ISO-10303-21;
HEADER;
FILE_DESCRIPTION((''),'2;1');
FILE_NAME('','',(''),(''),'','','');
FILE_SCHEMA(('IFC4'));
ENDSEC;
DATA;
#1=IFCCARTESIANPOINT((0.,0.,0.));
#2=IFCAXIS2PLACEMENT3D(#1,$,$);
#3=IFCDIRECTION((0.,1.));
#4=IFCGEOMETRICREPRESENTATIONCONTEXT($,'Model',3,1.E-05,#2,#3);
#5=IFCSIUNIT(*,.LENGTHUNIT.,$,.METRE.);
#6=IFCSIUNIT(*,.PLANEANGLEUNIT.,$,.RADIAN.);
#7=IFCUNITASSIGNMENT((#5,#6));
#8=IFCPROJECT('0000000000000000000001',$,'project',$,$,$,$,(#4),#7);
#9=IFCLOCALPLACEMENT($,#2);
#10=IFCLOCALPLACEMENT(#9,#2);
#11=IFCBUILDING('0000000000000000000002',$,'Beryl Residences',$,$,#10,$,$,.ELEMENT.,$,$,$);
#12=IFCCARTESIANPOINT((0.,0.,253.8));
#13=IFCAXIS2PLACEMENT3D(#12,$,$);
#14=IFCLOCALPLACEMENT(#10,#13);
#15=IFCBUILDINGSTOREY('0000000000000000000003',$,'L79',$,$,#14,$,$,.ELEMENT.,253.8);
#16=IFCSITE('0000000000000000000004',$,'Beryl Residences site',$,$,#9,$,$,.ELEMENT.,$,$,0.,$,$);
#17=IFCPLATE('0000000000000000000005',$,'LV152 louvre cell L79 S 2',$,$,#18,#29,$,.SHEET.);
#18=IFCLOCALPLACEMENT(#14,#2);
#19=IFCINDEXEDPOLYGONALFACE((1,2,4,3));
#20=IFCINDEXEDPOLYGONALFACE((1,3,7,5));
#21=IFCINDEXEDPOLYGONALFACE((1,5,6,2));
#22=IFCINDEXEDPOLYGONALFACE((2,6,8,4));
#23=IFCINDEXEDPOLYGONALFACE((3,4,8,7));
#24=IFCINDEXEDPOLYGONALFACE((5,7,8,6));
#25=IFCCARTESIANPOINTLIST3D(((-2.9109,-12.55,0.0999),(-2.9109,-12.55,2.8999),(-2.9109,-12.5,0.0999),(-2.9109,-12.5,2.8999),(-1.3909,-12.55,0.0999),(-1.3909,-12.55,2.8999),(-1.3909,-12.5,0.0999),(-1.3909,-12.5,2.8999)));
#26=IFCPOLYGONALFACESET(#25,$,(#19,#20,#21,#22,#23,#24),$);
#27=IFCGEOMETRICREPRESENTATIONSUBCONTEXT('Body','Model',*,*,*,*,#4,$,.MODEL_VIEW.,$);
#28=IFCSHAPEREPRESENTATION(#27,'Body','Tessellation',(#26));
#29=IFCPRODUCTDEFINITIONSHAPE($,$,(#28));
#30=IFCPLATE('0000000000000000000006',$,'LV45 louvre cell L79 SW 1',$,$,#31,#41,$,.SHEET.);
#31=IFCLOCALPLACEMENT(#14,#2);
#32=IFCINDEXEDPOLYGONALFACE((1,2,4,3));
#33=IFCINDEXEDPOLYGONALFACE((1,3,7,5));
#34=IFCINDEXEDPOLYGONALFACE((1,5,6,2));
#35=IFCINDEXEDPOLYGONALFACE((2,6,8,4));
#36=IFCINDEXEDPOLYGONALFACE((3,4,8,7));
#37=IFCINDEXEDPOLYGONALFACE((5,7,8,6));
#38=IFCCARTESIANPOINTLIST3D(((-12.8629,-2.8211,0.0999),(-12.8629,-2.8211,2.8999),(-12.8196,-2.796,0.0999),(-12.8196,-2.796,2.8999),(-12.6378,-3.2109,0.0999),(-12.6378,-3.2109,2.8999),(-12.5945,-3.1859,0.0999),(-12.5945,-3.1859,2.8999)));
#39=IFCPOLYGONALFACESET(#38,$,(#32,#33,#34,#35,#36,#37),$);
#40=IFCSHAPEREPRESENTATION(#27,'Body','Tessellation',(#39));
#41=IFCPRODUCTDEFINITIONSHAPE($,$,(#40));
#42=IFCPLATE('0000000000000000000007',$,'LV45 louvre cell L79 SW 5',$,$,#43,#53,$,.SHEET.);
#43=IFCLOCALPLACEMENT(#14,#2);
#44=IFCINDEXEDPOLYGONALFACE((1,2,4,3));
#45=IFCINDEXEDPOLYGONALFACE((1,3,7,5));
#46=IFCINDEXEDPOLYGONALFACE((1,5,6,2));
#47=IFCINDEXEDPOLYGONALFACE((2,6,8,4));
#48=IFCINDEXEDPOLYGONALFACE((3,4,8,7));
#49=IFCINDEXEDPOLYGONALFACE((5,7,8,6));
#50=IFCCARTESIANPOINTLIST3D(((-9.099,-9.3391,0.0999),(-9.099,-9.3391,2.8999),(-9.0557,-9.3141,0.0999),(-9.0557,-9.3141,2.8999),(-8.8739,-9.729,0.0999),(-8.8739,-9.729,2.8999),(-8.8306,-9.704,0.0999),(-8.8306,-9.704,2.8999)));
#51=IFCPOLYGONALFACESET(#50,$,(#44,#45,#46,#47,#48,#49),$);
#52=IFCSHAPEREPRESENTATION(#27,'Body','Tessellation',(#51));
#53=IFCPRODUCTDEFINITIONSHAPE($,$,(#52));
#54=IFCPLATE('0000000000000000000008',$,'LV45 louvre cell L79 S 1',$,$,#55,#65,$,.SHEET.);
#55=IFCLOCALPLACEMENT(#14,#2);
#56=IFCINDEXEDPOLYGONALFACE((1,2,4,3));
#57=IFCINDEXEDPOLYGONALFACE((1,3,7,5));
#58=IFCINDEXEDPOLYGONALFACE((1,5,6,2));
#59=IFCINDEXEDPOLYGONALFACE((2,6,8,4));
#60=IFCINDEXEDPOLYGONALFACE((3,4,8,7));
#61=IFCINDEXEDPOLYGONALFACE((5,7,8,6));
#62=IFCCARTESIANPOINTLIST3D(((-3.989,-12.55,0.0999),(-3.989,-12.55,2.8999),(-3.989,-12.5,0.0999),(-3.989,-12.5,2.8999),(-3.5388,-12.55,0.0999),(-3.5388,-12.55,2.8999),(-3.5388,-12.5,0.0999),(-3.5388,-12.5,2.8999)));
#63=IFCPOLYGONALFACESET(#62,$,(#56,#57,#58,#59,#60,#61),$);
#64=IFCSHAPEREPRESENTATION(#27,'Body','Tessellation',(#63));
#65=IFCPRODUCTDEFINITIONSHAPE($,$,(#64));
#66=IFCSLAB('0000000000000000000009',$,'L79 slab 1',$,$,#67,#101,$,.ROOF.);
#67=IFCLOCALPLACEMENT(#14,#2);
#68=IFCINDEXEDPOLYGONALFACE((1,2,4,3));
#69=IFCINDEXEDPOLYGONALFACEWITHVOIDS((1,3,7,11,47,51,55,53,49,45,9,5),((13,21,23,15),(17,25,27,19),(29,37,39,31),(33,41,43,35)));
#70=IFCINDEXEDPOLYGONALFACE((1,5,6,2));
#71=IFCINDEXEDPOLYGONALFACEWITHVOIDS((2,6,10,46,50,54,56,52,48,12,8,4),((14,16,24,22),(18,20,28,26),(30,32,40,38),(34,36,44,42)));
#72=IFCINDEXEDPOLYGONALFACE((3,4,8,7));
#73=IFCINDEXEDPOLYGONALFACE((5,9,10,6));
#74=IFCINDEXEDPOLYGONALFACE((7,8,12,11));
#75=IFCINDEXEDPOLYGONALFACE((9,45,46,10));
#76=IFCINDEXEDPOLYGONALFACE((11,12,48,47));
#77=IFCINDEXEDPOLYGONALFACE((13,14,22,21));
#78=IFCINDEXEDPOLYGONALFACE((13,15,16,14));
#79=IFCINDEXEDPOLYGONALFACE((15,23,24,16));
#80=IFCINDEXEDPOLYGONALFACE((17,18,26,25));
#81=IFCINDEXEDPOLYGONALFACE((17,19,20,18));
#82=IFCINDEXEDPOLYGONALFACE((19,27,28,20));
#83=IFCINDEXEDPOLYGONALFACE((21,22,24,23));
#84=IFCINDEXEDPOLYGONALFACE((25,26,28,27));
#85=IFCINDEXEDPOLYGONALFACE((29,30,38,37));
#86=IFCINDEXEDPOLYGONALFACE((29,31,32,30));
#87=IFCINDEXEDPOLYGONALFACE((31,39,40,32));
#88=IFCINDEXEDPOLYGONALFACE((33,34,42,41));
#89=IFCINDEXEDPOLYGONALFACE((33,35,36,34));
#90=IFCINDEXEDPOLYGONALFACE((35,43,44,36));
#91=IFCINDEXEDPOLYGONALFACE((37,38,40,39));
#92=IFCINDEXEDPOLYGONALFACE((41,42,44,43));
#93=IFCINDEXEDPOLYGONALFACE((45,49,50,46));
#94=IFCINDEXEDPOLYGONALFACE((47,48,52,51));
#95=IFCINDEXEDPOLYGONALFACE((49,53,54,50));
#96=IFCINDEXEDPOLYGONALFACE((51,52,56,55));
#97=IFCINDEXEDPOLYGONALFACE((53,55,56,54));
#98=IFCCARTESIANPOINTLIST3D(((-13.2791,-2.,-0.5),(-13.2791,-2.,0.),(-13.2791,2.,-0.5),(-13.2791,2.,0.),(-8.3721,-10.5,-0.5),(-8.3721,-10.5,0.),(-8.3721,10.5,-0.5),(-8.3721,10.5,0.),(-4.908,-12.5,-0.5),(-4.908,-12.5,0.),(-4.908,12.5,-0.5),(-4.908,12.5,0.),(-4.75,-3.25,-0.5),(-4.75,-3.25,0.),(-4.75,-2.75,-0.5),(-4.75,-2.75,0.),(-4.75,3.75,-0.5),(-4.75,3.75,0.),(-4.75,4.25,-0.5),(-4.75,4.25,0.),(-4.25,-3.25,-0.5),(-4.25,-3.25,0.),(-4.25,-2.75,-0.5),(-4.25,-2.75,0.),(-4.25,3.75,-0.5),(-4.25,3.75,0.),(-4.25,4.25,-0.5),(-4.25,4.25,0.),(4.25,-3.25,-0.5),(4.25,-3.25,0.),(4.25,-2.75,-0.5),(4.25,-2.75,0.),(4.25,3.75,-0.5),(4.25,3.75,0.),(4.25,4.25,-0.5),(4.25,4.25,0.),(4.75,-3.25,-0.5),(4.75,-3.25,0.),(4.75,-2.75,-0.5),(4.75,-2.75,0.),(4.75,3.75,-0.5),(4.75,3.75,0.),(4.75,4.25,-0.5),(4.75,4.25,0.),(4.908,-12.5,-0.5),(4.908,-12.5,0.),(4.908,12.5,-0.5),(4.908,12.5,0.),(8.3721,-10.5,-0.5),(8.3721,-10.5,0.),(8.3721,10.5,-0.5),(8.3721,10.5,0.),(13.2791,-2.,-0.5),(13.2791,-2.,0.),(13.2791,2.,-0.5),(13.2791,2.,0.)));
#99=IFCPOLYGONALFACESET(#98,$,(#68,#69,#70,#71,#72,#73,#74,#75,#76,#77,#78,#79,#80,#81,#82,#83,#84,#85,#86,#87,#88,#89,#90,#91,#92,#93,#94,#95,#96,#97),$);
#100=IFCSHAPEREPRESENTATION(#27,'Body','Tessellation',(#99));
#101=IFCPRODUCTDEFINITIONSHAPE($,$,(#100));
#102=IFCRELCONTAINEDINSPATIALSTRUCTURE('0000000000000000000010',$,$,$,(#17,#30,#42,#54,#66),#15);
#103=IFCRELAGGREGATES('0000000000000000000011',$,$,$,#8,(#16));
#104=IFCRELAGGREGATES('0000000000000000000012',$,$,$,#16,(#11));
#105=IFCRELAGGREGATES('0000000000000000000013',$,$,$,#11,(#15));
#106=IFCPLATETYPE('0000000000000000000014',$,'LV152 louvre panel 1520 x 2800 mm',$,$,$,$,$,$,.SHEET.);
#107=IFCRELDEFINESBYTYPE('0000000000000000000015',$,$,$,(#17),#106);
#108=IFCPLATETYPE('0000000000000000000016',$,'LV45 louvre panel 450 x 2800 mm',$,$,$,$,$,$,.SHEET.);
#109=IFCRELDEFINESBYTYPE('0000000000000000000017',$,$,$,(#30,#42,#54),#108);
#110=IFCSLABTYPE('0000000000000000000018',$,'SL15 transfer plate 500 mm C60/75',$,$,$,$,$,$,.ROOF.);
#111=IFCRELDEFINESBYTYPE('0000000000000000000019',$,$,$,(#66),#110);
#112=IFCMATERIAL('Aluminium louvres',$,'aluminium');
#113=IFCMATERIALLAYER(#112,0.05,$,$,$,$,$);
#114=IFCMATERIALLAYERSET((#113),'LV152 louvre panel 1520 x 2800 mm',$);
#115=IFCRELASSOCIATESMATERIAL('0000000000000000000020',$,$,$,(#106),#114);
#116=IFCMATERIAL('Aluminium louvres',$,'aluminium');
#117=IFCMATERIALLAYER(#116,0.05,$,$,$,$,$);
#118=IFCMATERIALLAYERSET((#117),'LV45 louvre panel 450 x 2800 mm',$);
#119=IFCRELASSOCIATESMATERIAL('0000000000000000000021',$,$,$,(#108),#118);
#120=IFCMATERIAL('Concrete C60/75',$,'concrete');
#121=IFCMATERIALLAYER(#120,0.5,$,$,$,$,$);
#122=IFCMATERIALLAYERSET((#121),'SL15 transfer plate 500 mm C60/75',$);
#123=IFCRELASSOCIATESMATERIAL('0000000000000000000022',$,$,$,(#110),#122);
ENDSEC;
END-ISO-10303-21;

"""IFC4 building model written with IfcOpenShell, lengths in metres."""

from ifc_helpers import new_model, si_unit, direction, frame, origin, place, context, subcontext, project, spatial, polyline, outline, extrude, source, transform, mapped, material, layer, layer_set, type_object, type_shapes, element, save


model = new_model("IFC4")

# Units and contexts
model_context = context("Model", 3, precision=1e-05, world=origin(), true_north=direction((0.0, 1.0)))
body_context = subcontext(model_context, "Body", "Model", "MODEL_VIEW")
ifc_project = project(units=[si_unit("LENGTHUNIT", "METRE"), si_unit("PLANEANGLEUNIT", "RADIAN")], contexts=[model_context])

# Site, building, storey
site_placement = place(None, origin())
site = spatial("IfcSite", under=ifc_project, at=site_placement, Name="Beryl Residences site", CompositionType="ELEMENT", RefElevation=0.0)
building_placement = place(site_placement, origin())
building = spatial("IfcBuilding", under=site, at=building_placement, Name="Beryl Residences", CompositionType="ELEMENT")
storey_placement = place(building_placement, frame((0.0, 0.0, 253.8)))
storey = spatial("IfcBuildingStorey", under=building, at=storey_placement, Name="L79", CompositionType="ELEMENT", Elevation=253.8)

# Plates
ifc_material_1 = material(Name="Aluminium louvres", Category="aluminium")
ifc_layer_1 = layer(ifc_material_1, 0.05)
ifc_layer_set_1 = layer_set([ifc_layer_1], Name="LV152 louvre panel 1520 x 2800 mm")
plate_type_1 = type_object("IfcPlateType", Name="LV152 louvre panel 1520 x 2800 mm", PredefinedType="SHEET", material=ifc_layer_set_1)
shared_shape_1 = source(origin(), body_context, "Body", "SweptSolid", [
    extrude(outline(polyline([(-0.76, 0.0), (0.76, 0.0), (0.76, 0.05), (-0.76, 0.05), (-0.76, 0.0)])), origin(), (0.0, 0.0, 1.0), 2.8),
])
type_shapes(plate_type_1, [shared_shape_1])
for number, where, z_axis, x_axis, name in (
    (1, (-2.1509, -12.5, 0.0999), (0.0, 0.0, 1.0), (-1.0, 0.0, 0.0), "LV152 louvre cell L79 S 2"),
):
    element("IfcPlate", number, at=place(storey_placement, frame(where, z_axis=z_axis, x_axis=x_axis)), inside=storey, type_object=plate_type_1, Name=name, PredefinedType="SHEET", context=body_context, shape_type="MappedRepresentation", body=[
        mapped(shared_shape_1, transform((0.0, 0.0, 0.0))),
    ])
ifc_material_2 = material(Name="Aluminium louvres", Category="aluminium")
ifc_layer_2 = layer(ifc_material_2, 0.05)
ifc_layer_set_2 = layer_set([ifc_layer_2], Name="LV45 louvre panel 450 x 2800 mm")
plate_type_2 = type_object("IfcPlateType", Name="LV45 louvre panel 450 x 2800 mm", PredefinedType="SHEET", material=ifc_layer_set_2)
shared_shape_2 = source(origin(), body_context, "Body", "SweptSolid", [
    extrude(outline(polyline([(-0.2251, 0.0), (0.2251, 0.0), (0.2251, 0.05), (-0.2251, 0.05), (-0.2251, 0.0)])), origin(), (0.0, 0.0, 1.0), 2.8),
])
type_shapes(plate_type_2, [shared_shape_2])
for number, where, z_axis, x_axis, name in (
    (2, (-12.707, -2.991, 0.0999), (0.0, 0.0, 1.0), (-0.5, 0.866025, 0.0), "LV45 louvre cell L79 SW 1"),
    (3, (-8.9431, -9.509, 0.0999), (0.0, 0.0, 1.0), (-0.5, 0.866025, 0.0), "LV45 louvre cell L79 SW 5"),
    (4, (-3.7639, -12.5, 0.0999), (0.0, 0.0, 1.0), (-1.0, 0.0, 0.0), "LV45 louvre cell L79 S 1"),
):
    element("IfcPlate", number, at=place(storey_placement, frame(where, z_axis=z_axis, x_axis=x_axis)), inside=storey, type_object=plate_type_2, Name=name, PredefinedType="SHEET", context=body_context, shape_type="MappedRepresentation", body=[
        mapped(shared_shape_2, transform((0.0, 0.0, 0.0))),
    ])

# Slab
ifc_material_3 = material(Name="Concrete C60/75", Category="concrete")
ifc_layer_3 = layer(ifc_material_3, 0.5)
ifc_layer_set_3 = layer_set([ifc_layer_3], Name="SL15 transfer plate 500 mm C60/75")
slab_type_1 = type_object("IfcSlabType", Name="SL15 transfer plate 500 mm C60/75", PredefinedType="ROOF", material=ifc_layer_set_3)
slab_1_placement = place(storey_placement, frame((0.0, 0.0, -0.5)))
element("IfcSlab", 5, at=slab_1_placement, inside=storey, type_object=slab_type_1, Name="L79 slab 1", PredefinedType="ROOF", context=body_context, shape_type="SweptSolid", body=[
    extrude(outline(polyline([(13.2791, 2.0), (13.2791, -2.0), (8.3721, -10.5), (4.908, -12.5), (-4.908, -12.5), (-8.3721, -10.5), (-13.2791, -2.0), (-13.2791, 2.0), (-8.3721, 10.5), (-4.908, 12.5), (4.908, 12.5), (8.3721, 10.5), (13.2791, 2.0)]), holes=[polyline([(4.75, -2.75), (4.25, -2.75), (4.25, -3.25), (4.75, -3.25), (4.75, -2.75)]), polyline([(4.75, 4.25), (4.25, 4.25), (4.25, 3.75), (4.75, 3.75), (4.75, 4.25)]), polyline([(-4.25, -2.75), (-4.75, -2.75), (-4.75, -3.25), (-4.25, -3.25), (-4.25, -2.75)]), polyline([(-4.25, 4.25), (-4.75, 4.25), (-4.75, 3.75), (-4.25, 3.75), (-4.25, 4.25)])]), origin(), (0.0, 0.0, 1.0), 0.5),
])

save(model, "model.ifc")
